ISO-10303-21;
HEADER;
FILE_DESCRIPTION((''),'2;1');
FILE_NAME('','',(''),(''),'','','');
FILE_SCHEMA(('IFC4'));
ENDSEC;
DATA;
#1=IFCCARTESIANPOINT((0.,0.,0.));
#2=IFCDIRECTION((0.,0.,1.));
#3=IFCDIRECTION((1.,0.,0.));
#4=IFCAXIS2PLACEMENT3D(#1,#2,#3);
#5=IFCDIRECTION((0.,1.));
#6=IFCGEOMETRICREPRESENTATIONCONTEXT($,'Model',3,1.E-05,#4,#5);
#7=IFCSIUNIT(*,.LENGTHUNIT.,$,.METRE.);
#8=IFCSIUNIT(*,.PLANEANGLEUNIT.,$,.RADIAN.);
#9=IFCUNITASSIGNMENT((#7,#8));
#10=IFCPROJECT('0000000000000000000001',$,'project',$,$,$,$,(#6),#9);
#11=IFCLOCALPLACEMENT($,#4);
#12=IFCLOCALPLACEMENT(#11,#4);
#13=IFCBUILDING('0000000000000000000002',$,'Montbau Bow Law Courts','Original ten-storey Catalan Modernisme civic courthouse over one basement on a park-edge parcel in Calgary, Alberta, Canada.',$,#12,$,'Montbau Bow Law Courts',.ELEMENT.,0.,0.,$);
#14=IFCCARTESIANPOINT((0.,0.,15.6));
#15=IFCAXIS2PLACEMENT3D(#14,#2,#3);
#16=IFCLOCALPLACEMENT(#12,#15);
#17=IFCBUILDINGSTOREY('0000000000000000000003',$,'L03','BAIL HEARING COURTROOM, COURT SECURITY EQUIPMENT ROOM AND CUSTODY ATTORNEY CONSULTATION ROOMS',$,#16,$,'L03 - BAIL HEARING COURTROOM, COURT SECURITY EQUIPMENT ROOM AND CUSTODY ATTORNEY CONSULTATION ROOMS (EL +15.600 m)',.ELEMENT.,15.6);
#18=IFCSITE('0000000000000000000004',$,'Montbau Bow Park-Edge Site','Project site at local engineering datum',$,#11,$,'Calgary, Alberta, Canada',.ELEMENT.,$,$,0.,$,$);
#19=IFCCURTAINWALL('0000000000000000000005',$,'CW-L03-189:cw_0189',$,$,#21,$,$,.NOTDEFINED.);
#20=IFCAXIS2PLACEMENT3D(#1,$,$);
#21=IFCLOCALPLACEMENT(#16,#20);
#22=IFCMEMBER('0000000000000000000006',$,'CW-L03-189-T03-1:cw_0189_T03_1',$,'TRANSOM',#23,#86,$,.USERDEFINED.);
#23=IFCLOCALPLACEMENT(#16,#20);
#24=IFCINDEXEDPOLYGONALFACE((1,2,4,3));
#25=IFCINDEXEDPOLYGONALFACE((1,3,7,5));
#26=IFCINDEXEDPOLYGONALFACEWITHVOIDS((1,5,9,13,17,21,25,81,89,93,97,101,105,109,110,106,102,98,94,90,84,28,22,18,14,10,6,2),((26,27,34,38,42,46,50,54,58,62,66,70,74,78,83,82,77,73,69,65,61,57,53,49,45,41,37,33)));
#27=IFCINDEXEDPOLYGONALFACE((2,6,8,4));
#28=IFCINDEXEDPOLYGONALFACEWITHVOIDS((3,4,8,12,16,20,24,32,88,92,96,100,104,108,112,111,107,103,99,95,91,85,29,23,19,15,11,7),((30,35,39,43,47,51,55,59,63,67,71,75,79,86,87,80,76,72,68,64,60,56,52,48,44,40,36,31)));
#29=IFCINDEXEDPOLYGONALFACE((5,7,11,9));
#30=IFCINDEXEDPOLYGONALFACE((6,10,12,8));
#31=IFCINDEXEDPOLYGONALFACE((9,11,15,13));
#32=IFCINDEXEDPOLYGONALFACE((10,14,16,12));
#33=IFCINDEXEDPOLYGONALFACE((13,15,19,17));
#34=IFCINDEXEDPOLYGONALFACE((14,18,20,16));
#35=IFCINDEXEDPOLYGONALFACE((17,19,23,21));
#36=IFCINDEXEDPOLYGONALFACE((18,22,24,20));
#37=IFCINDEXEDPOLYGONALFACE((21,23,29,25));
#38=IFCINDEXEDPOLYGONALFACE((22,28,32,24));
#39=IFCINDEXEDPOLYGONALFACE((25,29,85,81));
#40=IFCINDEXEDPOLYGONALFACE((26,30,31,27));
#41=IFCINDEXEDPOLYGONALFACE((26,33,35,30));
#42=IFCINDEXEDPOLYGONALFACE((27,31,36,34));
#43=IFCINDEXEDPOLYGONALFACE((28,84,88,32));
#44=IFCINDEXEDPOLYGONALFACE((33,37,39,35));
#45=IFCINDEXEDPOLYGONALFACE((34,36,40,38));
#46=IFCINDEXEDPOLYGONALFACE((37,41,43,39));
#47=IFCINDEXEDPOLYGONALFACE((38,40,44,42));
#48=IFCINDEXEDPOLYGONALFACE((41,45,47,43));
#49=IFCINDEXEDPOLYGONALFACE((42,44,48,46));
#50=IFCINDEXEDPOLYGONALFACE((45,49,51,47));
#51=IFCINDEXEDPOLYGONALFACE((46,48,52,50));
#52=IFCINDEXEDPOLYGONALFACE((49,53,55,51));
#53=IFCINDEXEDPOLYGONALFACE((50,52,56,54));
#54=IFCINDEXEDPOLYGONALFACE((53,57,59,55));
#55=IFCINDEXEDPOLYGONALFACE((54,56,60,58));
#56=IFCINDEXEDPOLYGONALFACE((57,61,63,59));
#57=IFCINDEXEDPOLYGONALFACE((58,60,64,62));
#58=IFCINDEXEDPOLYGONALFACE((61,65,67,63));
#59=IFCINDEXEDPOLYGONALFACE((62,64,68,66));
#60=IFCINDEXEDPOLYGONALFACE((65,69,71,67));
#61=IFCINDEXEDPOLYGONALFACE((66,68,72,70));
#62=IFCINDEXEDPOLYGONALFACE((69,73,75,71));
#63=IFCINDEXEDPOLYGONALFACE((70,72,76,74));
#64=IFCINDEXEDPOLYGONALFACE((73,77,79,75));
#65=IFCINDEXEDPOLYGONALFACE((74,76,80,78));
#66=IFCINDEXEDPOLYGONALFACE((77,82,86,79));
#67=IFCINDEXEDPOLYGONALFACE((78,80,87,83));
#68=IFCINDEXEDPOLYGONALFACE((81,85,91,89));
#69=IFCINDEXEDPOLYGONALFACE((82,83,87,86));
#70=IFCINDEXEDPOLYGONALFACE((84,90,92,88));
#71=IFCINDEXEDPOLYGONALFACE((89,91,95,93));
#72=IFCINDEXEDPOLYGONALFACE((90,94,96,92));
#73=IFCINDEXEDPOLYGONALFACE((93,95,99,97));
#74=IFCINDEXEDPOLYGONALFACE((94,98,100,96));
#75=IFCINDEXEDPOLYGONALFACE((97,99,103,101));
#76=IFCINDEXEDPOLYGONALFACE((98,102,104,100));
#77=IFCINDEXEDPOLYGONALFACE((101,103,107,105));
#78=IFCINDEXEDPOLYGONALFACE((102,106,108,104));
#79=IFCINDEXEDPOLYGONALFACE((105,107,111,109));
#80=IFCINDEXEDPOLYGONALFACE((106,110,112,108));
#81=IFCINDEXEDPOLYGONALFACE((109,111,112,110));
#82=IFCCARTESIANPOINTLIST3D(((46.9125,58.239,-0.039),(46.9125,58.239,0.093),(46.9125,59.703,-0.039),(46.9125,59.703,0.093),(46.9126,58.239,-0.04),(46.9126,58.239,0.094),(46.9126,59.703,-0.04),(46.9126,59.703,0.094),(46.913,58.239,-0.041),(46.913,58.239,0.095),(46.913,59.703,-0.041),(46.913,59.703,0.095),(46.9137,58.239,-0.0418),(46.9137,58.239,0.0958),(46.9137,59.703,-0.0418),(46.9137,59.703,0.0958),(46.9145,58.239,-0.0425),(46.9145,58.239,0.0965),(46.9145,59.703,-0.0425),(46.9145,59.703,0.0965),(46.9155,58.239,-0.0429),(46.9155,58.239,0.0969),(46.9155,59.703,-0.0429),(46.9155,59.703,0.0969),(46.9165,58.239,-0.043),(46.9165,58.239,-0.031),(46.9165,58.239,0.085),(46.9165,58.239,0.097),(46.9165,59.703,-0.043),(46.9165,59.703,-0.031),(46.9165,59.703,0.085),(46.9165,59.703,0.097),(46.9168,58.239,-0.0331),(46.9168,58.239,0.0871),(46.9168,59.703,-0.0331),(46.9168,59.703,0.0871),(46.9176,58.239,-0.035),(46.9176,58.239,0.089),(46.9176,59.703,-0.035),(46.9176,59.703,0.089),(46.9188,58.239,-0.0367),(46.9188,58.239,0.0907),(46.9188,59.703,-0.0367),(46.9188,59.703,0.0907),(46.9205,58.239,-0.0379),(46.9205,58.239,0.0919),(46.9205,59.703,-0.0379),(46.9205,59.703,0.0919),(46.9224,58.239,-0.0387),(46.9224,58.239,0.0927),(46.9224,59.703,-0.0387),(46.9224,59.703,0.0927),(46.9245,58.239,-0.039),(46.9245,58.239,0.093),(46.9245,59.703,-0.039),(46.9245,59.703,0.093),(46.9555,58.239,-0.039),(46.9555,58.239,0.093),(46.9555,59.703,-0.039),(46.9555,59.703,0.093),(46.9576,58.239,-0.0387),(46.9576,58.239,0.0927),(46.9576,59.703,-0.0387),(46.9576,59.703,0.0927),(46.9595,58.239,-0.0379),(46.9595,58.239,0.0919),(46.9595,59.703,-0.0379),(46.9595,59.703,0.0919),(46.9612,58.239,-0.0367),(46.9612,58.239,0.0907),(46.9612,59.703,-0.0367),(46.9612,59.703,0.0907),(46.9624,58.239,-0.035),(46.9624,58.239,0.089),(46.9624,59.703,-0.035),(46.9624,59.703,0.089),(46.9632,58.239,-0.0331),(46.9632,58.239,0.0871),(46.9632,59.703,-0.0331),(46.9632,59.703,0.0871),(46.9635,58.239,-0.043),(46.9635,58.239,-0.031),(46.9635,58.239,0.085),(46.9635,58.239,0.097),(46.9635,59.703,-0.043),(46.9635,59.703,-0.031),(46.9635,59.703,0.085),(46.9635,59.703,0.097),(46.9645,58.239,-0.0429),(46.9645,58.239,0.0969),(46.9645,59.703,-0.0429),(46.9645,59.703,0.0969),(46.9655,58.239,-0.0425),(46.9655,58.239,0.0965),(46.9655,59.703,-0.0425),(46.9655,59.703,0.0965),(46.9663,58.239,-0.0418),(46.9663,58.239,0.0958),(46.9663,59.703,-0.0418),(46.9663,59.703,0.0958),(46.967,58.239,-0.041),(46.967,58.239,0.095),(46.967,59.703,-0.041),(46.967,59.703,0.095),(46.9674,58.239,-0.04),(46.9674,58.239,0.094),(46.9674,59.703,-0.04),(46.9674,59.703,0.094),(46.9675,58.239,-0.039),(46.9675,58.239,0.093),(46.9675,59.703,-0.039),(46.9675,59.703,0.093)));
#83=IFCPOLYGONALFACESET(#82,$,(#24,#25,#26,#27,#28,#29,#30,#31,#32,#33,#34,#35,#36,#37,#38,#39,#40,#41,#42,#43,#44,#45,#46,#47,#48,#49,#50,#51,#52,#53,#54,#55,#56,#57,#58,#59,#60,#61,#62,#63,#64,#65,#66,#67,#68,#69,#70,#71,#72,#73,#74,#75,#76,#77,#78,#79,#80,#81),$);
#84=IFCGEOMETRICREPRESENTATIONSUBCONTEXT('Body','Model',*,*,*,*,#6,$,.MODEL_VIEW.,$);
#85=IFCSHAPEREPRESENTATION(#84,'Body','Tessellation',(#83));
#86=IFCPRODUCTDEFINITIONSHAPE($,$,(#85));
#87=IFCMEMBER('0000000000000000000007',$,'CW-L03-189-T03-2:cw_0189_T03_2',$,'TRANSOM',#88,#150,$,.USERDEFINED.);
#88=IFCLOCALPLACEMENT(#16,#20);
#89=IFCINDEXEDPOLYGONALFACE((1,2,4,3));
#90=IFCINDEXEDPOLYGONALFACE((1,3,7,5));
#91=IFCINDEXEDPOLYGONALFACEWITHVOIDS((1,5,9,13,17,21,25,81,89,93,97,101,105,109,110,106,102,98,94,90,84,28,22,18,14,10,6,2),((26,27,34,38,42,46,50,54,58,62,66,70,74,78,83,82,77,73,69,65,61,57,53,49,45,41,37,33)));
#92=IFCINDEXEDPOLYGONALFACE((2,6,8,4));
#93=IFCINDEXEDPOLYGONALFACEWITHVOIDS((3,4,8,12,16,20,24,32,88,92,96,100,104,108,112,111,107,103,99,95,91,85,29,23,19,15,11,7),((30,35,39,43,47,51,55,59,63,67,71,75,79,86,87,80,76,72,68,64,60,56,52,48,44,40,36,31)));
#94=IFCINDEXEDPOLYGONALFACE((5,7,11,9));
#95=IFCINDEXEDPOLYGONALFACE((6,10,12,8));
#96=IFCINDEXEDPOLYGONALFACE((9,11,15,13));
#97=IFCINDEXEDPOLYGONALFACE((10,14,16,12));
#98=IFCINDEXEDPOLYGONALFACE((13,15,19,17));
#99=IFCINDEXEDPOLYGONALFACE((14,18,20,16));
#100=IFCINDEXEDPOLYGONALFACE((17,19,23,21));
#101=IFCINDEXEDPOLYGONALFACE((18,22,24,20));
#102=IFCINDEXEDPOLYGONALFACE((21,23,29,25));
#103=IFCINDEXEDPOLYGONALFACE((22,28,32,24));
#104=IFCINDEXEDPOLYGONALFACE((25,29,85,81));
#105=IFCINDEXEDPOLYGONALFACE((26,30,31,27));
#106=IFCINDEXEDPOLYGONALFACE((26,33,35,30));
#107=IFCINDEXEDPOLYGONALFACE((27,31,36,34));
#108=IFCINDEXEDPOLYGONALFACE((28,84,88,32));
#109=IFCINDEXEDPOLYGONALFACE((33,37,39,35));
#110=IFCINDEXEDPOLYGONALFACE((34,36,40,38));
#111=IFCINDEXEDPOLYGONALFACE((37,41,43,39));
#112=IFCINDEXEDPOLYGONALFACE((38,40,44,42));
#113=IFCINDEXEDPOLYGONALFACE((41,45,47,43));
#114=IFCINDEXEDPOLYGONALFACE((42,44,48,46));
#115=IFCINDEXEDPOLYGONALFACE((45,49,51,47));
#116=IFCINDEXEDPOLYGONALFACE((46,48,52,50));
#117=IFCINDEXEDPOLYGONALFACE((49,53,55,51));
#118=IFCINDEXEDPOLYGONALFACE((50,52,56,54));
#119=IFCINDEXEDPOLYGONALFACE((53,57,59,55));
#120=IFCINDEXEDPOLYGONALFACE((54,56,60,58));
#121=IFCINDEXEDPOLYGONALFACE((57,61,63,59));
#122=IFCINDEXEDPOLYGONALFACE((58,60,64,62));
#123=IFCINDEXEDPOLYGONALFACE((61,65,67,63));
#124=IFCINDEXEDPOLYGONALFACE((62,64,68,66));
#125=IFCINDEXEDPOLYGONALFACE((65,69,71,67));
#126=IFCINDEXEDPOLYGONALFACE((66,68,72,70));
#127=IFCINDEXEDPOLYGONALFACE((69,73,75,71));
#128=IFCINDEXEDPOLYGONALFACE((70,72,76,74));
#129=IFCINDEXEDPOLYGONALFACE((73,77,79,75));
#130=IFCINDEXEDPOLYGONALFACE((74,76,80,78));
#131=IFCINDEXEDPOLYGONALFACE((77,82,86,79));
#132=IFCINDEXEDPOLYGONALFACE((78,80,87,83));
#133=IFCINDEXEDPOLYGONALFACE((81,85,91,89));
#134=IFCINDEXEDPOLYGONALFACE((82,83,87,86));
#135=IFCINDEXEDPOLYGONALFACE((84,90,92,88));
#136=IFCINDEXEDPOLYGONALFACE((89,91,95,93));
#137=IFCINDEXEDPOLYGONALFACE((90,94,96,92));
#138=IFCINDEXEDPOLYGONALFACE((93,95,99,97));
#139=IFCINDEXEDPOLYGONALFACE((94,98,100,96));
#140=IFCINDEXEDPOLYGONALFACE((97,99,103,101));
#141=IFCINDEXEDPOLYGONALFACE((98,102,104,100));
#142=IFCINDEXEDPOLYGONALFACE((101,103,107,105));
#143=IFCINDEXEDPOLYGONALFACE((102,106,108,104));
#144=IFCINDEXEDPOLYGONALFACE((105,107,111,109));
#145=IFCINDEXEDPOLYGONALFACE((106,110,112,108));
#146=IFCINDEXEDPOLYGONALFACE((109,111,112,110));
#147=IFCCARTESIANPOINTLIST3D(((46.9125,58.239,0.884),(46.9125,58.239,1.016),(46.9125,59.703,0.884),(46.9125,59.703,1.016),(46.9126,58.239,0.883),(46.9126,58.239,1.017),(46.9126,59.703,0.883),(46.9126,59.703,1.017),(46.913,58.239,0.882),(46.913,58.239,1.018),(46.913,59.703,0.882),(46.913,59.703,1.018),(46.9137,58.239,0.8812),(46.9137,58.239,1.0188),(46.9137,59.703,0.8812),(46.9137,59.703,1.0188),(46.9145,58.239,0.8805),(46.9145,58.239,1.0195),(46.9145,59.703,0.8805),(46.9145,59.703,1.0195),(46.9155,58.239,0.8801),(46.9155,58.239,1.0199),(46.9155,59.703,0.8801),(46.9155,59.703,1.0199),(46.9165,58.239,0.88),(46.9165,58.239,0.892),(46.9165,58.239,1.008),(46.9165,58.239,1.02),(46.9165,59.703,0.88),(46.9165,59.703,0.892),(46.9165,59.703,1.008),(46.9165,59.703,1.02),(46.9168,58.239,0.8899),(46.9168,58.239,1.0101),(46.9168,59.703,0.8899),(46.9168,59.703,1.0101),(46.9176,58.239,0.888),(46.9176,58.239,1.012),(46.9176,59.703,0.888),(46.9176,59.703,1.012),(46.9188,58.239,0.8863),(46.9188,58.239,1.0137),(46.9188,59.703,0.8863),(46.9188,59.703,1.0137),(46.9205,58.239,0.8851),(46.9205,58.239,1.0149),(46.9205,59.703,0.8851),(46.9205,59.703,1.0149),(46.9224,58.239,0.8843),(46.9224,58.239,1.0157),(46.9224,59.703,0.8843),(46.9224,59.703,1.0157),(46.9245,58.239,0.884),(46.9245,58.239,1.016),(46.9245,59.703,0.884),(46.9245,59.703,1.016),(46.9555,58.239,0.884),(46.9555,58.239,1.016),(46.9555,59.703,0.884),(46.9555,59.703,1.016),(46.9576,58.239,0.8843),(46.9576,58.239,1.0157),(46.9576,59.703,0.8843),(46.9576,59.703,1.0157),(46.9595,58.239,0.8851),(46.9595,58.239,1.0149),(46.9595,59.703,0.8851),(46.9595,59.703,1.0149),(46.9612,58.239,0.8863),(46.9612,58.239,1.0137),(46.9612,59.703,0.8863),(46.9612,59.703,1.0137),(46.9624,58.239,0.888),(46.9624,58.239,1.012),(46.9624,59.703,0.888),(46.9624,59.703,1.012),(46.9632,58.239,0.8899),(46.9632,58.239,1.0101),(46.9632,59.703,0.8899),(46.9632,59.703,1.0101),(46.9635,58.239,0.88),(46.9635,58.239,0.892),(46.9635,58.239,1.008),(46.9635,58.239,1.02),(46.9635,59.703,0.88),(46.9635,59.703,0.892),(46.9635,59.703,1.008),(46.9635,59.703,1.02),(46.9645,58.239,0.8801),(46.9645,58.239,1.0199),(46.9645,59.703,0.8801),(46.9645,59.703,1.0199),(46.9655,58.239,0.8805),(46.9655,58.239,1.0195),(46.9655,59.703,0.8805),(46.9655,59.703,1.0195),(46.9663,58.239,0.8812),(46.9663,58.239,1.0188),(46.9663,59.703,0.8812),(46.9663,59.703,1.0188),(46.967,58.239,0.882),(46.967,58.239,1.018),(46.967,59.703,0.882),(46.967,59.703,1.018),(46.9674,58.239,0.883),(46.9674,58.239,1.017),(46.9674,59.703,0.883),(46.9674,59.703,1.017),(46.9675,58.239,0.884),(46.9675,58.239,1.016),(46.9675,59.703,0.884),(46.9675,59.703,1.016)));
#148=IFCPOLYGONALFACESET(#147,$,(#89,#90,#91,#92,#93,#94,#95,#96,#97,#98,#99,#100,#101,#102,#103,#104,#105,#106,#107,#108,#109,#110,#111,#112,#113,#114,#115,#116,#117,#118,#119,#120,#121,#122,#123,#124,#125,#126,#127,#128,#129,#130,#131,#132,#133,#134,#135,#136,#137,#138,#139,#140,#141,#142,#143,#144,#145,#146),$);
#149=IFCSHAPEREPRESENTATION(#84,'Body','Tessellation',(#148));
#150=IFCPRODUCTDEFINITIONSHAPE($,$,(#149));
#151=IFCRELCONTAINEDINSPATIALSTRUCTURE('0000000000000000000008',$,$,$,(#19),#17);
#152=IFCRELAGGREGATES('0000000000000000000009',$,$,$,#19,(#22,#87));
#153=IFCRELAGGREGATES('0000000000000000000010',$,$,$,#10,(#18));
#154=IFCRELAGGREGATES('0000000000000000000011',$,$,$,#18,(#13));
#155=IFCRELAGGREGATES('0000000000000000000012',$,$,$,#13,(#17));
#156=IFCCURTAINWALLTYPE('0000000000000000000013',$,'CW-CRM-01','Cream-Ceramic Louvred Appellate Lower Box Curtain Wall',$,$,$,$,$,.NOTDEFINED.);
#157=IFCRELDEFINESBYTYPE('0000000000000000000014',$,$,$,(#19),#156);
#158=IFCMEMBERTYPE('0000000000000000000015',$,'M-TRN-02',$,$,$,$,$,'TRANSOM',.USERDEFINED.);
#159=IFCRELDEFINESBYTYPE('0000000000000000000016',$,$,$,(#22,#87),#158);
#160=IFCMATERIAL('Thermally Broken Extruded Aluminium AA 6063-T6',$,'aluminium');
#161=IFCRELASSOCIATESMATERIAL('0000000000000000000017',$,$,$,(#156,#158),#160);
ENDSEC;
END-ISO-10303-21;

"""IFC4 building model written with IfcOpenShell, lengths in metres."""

from ifc_helpers import new_model, si_unit, direction, frame, origin_with_axes, origin_2d_with_axis, place, context, subcontext, project, spatial, hollow_rectangle, extrude, material, material_profile, profile_set, type_object, element, aggregate, save


model = new_model("IFC4")

# Units and contexts
model_context = context("Model", 3, precision=1e-05, world=origin_with_axes(), true_north=direction((0.0, 1.0)))
body_context = subcontext(model_context, "Body", "Model", "MODEL_VIEW")
ifc_project = project(units=[si_unit("LENGTHUNIT", "METRE"), si_unit("PLANEANGLEUNIT", "RADIAN")], contexts=[model_context])

# Site, building, storey
site_placement = place(None, origin_with_axes())
site = spatial("IfcSite", under=ifc_project, at=site_placement, Name="Montbau Bow Park-Edge Site", Description="Project site at local engineering datum", LongName="Calgary, Alberta, Canada", CompositionType="ELEMENT", RefElevation=0.0)
building_placement = place(site_placement, origin_with_axes())
building = spatial("IfcBuilding", under=site, at=building_placement, Name="Montbau Bow Law Courts", Description="Original ten-storey Catalan Modernisme civic courthouse over one basement on a park-edge parcel in Calgary, Alberta, Canada.", LongName="Montbau Bow Law Courts", CompositionType="ELEMENT", ElevationOfRefHeight=0.0, ElevationOfTerrain=0.0)
storey_placement = place(building_placement, frame((0.0, 0.0, 15.6), z_axis=(0.0, 0.0, 1.0), x_axis=(1.0, 0.0, 0.0)))
storey = spatial("IfcBuildingStorey", under=building, at=storey_placement, Name="L03", Description="BAIL HEARING COURTROOM, COURT SECURITY EQUIPMENT ROOM AND CUSTODY ATTORNEY CONSULTATION ROOMS", LongName="L03 - BAIL HEARING COURTROOM, COURT SECURITY EQUIPMENT ROOM AND CUSTODY ATTORNEY CONSULTATION ROOMS (EL +15.600 m)", CompositionType="ELEMENT", Elevation=15.6)

# Curtain wall, members
ifc_material_1 = material(Name="Thermally Broken Extruded Aluminium AA 6063-T6", Category="aluminium")
curtain_wall_type = type_object("IfcCurtainWallType", Name="CW-CRM-01", Description="Cream-Ceramic Louvred Appellate Lower Box Curtain Wall", PredefinedType="NOTDEFINED", material=ifc_material_1)
curtain_wall_placement = place(None, frame((46.94, 55.115, 15.6), z_axis=(0.0, 0.0, 1.0), x_axis=(1.0, 0.0, 0.0)))
curtain_wall = element("IfcCurtainWall", 1, at=curtain_wall_placement, inside=storey, type_object=curtain_wall_type, Name="CW-L03-189:cw_0189", PredefinedType="NOTDEFINED")
ifc_material_profile_1 = material_profile(ifc_material_1, hollow_rectangle(XDim=0.055, YDim=0.14, WallThickness=0.004, InnerFilletRadius=0.008, OuterFilletRadius=0.004, at=origin_2d_with_axis()), Name="CWT-140X55", Category="Main", Priority=0)
ifc_profile_set_1 = profile_set([ifc_material_profile_1], Name="Thermally Broken Extruded Aluminium AA 6063-T6")
member_type_1 = type_object("IfcMemberType", Name="M-TRN-02", ElementType="TRANSOM", PredefinedType="USERDEFINED", material=ifc_profile_set_1)
member_1_placement = place(None, frame((46.94, 58.239, 15.627), z_axis=(0.0, 1.0, 0.0), x_axis=(-1.0, 0.0, 0.0)))
member_1 = element("IfcMember", 2, at=member_1_placement, type_object=member_type_1, Name="CW-L03-189-T03-1:cw_0189_T03_1", ObjectType="TRANSOM", PredefinedType="USERDEFINED", context=body_context, shape_type="SweptSolid", body=[
    extrude(hollow_rectangle(XDim=0.055, YDim=0.14, WallThickness=0.004, InnerFilletRadius=0.008, OuterFilletRadius=0.004, at=origin_2d_with_axis()), origin_with_axes(), (0.0, 0.0, 1.0), 1.464),
])
member_2_placement = place(None, frame((46.94, 58.239, 16.55), z_axis=(0.0, 1.0, 0.0), x_axis=(-1.0, 0.0, 0.0)))
member_2 = element("IfcMember", 3, at=member_2_placement, type_object=member_type_1, Name="CW-L03-189-T03-2:cw_0189_T03_2", ObjectType="TRANSOM", PredefinedType="USERDEFINED", context=body_context, shape_type="SweptSolid", body=[
    extrude(hollow_rectangle(XDim=0.055, YDim=0.14, WallThickness=0.004, InnerFilletRadius=0.008, OuterFilletRadius=0.004, at=origin_2d_with_axis()), origin_with_axes(), (0.0, 0.0, 1.0), 1.464),
])
aggregate(curtain_wall, [member_1, member_2])

save(model, "model.ifc")
